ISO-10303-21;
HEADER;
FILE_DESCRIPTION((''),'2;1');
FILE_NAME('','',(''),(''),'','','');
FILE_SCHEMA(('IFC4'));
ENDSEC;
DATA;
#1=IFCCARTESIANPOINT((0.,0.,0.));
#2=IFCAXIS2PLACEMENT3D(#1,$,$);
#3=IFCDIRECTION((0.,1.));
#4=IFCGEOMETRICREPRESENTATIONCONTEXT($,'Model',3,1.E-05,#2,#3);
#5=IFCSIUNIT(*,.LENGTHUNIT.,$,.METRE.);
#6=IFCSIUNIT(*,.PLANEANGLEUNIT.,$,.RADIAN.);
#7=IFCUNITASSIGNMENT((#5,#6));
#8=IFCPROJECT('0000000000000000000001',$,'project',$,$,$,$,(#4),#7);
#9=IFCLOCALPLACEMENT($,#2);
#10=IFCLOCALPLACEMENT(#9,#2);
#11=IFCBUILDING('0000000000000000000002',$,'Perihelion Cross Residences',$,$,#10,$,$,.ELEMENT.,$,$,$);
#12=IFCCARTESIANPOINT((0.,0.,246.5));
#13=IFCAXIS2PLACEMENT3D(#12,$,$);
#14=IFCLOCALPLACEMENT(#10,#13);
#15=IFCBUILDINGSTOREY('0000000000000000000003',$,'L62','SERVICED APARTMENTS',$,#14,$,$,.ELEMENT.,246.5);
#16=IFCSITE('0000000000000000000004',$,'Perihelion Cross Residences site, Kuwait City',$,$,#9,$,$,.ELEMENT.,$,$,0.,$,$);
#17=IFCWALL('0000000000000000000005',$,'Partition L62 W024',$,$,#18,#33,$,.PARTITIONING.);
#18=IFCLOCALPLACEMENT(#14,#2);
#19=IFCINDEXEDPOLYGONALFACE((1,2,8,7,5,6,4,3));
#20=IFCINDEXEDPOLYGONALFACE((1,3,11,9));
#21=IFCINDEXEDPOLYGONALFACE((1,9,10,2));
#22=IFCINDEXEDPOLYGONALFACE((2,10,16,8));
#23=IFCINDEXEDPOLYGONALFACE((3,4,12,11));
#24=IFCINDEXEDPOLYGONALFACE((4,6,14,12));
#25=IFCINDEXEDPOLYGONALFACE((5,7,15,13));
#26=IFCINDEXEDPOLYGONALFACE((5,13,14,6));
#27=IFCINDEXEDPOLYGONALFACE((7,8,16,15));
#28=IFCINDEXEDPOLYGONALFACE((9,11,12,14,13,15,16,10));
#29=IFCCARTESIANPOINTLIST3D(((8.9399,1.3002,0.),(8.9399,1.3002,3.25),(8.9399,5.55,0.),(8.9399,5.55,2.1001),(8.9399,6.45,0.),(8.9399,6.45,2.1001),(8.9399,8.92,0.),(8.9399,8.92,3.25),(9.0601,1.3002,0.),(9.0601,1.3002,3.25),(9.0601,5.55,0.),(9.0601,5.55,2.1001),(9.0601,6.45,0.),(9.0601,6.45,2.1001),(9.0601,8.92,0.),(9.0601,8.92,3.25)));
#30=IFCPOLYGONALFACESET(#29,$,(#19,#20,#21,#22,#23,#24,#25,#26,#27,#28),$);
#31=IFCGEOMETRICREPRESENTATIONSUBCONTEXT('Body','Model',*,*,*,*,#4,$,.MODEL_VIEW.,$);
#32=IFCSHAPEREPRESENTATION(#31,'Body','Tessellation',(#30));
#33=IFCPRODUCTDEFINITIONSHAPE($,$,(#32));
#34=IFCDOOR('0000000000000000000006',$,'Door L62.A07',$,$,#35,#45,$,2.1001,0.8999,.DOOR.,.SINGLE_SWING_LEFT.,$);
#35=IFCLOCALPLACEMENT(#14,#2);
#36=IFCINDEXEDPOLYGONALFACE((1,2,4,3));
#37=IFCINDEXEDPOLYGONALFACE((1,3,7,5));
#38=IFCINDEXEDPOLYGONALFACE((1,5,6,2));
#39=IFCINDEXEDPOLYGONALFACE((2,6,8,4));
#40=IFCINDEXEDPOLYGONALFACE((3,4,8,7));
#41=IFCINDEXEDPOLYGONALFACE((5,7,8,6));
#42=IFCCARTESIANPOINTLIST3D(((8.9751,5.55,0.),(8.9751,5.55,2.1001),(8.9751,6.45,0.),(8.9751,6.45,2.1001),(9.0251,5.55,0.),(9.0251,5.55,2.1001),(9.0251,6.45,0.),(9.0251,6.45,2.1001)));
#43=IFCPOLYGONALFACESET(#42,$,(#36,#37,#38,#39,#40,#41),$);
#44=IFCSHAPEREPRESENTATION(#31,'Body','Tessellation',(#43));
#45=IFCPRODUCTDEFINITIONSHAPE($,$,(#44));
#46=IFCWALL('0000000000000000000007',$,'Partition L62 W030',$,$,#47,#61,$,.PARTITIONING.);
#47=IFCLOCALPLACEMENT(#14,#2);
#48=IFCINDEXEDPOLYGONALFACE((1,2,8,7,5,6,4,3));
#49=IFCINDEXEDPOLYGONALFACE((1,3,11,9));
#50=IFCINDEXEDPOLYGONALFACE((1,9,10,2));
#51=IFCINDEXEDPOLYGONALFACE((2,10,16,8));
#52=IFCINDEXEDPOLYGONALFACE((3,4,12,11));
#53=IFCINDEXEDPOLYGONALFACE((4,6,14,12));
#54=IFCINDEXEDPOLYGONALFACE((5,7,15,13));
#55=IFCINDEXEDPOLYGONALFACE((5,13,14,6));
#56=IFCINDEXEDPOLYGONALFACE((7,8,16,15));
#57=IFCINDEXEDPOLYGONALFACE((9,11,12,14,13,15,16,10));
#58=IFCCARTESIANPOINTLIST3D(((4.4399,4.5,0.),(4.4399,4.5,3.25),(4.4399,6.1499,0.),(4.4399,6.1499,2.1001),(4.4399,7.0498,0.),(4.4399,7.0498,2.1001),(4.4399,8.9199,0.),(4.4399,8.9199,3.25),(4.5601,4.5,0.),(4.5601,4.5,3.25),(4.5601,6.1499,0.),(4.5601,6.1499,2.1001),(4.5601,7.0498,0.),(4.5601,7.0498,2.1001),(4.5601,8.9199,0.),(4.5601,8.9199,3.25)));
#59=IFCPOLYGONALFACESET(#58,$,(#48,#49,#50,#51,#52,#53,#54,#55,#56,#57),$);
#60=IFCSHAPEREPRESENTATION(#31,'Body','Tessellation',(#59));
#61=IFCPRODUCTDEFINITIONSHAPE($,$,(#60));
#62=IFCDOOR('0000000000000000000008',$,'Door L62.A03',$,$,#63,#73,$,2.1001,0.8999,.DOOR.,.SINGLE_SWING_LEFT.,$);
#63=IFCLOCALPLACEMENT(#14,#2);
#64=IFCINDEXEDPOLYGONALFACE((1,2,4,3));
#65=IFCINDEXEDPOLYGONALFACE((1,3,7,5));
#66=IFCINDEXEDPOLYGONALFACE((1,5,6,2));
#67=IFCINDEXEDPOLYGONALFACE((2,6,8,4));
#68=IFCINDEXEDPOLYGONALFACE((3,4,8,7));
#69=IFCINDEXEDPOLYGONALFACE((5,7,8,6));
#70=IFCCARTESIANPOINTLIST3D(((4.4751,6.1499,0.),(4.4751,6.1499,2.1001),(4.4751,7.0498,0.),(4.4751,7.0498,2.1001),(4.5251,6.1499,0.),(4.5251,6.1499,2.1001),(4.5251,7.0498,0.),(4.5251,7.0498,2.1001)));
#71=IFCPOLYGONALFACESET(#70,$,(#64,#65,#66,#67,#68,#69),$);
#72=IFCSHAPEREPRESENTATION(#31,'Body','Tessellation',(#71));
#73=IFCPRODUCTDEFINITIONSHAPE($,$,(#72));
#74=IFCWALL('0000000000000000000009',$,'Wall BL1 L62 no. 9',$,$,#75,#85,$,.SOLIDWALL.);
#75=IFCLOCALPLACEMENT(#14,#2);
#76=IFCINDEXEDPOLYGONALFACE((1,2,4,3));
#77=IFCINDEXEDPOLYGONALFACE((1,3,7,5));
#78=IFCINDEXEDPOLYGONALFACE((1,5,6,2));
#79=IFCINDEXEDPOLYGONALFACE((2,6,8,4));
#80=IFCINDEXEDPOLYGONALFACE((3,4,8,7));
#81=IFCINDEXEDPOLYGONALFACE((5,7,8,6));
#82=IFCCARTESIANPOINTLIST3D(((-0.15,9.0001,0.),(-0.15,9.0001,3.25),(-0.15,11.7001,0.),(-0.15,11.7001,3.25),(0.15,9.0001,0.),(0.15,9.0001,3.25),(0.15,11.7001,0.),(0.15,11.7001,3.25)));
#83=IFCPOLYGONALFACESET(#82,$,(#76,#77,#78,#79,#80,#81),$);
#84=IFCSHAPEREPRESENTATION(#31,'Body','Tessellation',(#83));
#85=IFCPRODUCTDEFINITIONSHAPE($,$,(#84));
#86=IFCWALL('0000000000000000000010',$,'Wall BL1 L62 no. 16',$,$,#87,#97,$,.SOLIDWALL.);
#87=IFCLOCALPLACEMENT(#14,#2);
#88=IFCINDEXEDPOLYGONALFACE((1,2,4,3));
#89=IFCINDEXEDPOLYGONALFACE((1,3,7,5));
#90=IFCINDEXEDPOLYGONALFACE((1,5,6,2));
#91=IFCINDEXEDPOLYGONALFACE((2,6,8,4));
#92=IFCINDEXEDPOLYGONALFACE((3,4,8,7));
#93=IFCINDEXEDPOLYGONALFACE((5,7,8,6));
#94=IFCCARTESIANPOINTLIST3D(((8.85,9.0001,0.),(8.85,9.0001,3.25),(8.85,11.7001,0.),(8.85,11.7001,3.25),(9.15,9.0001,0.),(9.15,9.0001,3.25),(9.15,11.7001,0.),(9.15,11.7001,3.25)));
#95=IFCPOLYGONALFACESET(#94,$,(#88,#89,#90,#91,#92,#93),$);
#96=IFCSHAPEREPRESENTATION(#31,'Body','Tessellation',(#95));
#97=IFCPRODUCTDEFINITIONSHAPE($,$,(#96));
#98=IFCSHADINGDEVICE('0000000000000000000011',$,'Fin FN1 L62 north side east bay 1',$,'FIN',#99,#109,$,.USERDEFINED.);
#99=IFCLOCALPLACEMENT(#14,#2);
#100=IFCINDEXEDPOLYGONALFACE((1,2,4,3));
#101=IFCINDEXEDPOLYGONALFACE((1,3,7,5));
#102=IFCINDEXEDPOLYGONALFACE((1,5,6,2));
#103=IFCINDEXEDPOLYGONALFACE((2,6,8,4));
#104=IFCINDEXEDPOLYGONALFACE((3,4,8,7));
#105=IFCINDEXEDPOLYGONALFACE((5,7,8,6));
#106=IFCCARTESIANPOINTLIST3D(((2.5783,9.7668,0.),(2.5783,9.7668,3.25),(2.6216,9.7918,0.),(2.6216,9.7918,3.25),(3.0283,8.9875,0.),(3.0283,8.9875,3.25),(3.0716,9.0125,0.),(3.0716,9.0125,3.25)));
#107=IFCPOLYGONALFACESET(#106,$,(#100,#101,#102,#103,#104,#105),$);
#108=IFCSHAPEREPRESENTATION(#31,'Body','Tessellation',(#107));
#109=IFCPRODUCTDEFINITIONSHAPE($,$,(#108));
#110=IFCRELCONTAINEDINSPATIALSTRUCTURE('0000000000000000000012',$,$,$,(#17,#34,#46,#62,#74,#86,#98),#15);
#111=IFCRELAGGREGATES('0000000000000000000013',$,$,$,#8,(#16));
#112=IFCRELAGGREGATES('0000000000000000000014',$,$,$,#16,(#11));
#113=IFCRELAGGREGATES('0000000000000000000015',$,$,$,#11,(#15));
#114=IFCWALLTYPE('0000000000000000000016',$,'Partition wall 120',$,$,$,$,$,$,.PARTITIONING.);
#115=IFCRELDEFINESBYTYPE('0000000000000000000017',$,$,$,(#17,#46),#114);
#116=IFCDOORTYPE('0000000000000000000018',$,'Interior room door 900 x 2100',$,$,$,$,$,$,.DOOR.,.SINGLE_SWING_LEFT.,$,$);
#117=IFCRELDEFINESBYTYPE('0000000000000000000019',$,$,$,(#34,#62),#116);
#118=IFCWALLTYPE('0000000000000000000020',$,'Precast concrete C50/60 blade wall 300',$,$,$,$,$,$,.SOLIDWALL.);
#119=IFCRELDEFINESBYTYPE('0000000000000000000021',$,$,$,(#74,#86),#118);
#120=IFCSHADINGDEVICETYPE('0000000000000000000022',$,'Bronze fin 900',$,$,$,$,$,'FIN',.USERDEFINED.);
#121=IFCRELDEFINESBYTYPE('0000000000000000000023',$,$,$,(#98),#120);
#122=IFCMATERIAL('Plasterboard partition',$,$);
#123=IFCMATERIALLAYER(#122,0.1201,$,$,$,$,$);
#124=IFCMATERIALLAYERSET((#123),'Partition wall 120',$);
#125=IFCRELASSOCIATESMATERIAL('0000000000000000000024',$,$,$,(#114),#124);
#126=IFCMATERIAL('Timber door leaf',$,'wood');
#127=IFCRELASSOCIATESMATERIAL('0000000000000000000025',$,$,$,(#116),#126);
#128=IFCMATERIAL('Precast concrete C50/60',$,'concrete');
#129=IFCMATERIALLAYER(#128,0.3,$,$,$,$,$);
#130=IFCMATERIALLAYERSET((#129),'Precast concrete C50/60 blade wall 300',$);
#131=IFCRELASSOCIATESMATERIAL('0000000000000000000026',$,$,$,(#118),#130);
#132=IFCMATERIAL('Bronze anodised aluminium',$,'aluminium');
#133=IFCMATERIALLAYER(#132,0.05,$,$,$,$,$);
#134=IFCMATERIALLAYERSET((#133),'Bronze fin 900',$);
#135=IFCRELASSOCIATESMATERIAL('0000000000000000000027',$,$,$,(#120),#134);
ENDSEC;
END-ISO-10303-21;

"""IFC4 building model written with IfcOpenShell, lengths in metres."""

from ifc_helpers import new_model, si_unit, direction, frame, frame_2d, origin, origin_2d, place, context, subcontext, project, spatial, rectangle, extrude, material, layer, layer_set, type_object, element, fill, save


model = new_model("IFC4")

# Units and contexts
model_context = context("Model", 3, precision=1e-05, world=origin(), true_north=direction((0.0, 1.0)))
body_context = subcontext(model_context, "Body", "Model", "MODEL_VIEW")
ifc_project = project(units=[si_unit("LENGTHUNIT", "METRE"), si_unit("PLANEANGLEUNIT", "RADIAN")], contexts=[model_context])

# Site, building, storey
site_placement = place(None, origin())
site = spatial("IfcSite", under=ifc_project, at=site_placement, Name="Perihelion Cross Residences site, Kuwait City", CompositionType="ELEMENT", RefElevation=0.0)
building_placement = place(site_placement, origin())
building = spatial("IfcBuilding", under=site, at=building_placement, Name="Perihelion Cross Residences", CompositionType="ELEMENT")
storey_placement = place(building_placement, frame((0.0, 0.0, 246.5)))
storey = spatial("IfcBuildingStorey", under=building, at=storey_placement, Name="L62", Description="SERVICED APARTMENTS", CompositionType="ELEMENT", Elevation=246.5)

# Walls, openings, doors
ifc_material_1 = material(Name="Plasterboard partition")
ifc_layer_1 = layer(ifc_material_1, 0.1201)
ifc_layer_set_1 = layer_set([ifc_layer_1], Name="Partition wall 120")
wall_type_1 = type_object("IfcWallType", Name="Partition wall 120", PredefinedType="PARTITIONING", material=ifc_layer_set_1)
ifc_material_2 = material(Name="Timber door leaf", Category="wood")
door_type_1 = type_object("IfcDoorType", Name="Interior room door 900 x 2100", OperationType="SINGLE_SWING_LEFT", PredefinedType="DOOR", material=ifc_material_2)
wall_1_placement = place(storey_placement, frame((9.0, 1.3, 0.0), z_axis=(0.0, 0.0, 1.0), x_axis=(0.0, 1.0, 0.0)))
wall_1 = element("IfcWall", 1, at=wall_1_placement, inside=storey, type_object=wall_type_1, Name="Partition L62 W024", PredefinedType="PARTITIONING", context=body_context, shape_type="SweptSolid", body=[
    extrude(rectangle(XDim=7.6199, YDim=0.1201, at=frame_2d((3.8101, 0.0))), origin(), (0.0, 0.0, 1.0), 3.25),
])
opening_1_placement = place(wall_1_placement, frame((4.25, 0.0, 0.0)))
opening_1 = element("IfcOpeningElement", 2, at=opening_1_placement, cuts=wall_1, PredefinedType="OPENING", context=body_context, shape_type="SweptSolid", body=[
    extrude(rectangle(XDim=0.8999, YDim=2.1001, at=frame_2d((0.45, 1.05))), frame((0.0, 0.0701, 0.0), z_axis=(0.0, -1.0, 0.0), x_axis=(1.0, 0.0, 0.0)), (0.0, 0.0, 1.0), 0.1401),
])
door_1_placement = place(opening_1_placement, origin())
door_1 = element("IfcDoor", 3, at=door_1_placement, inside=storey, type_object=door_type_1, Name="Door L62.A07", OperationType="SINGLE_SWING_LEFT", OverallHeight=2.1001, OverallWidth=0.8999, PredefinedType="DOOR", context=body_context, shape_type="SweptSolid", body=[
    extrude(rectangle(XDim=0.8999, YDim=2.1001, at=frame_2d((0.45, 1.05))), frame((0.0, 0.0249, 0.0), z_axis=(0.0, -1.0, 0.0), x_axis=(1.0, 0.0, 0.0)), (0.0, 0.0, 1.0), 0.05),
])
fill(opening_1, door_1)
wall_2_placement = place(storey_placement, frame((4.5, 4.5, 0.0), z_axis=(0.0, 0.0, 1.0), x_axis=(0.0, 1.0, 0.0)))
wall_2 = element("IfcWall", 4, at=wall_2_placement, inside=storey, type_object=wall_type_1, Name="Partition L62 W030", PredefinedType="PARTITIONING", context=body_context, shape_type="SweptSolid", body=[
    extrude(rectangle(XDim=4.4199, YDim=0.1201, at=frame_2d((2.21, 0.0))), origin(), (0.0, 0.0, 1.0), 3.25),
])
opening_2_placement = place(wall_2_placement, frame((1.6499, 0.0, 0.0)))
opening_2 = element("IfcOpeningElement", 5, at=opening_2_placement, cuts=wall_2, PredefinedType="OPENING", context=body_context, shape_type="SweptSolid", body=[
    extrude(rectangle(XDim=0.8999, YDim=2.1001, at=frame_2d((0.45, 1.05))), frame((0.0, 0.0701, 0.0), z_axis=(0.0, -1.0, 0.0), x_axis=(1.0, 0.0, 0.0)), (0.0, 0.0, 1.0), 0.1401),
])
door_2_placement = place(opening_2_placement, origin())
door_2 = element("IfcDoor", 6, at=door_2_placement, inside=storey, type_object=door_type_1, Name="Door L62.A03", OperationType="SINGLE_SWING_LEFT", OverallHeight=2.1001, OverallWidth=0.8999, PredefinedType="DOOR", context=body_context, shape_type="SweptSolid", body=[
    extrude(rectangle(XDim=0.8999, YDim=2.1001, at=frame_2d((0.45, 1.05))), frame((0.0, 0.0249, 0.0), z_axis=(0.0, -1.0, 0.0), x_axis=(1.0, 0.0, 0.0)), (0.0, 0.0, 1.0), 0.05),
])
fill(opening_2, door_2)

# Walls
ifc_material_3 = material(Name="Precast concrete C50/60", Category="concrete")
ifc_layer_2 = layer(ifc_material_3, 0.3)
ifc_layer_set_2 = layer_set([ifc_layer_2], Name="Precast concrete C50/60 blade wall 300")
wall_type_2 = type_object("IfcWallType", Name="Precast concrete C50/60 blade wall 300", PredefinedType="SOLIDWALL", material=ifc_layer_set_2)
for number, where, z_axis, x_axis, name in (
    (7, (0.0, 9.0, 0.0), (0.0, 0.0, 1.0), (0.0, 1.0, 0.0), "Wall BL1 L62 no. 9"),
    (8, (9.0, 9.0, 0.0), (0.0, 0.0, 1.0), (0.0, 1.0, 0.0), "Wall BL1 L62 no. 16"),
):
    element("IfcWall", number, at=place(storey_placement, frame(where, z_axis=z_axis, x_axis=x_axis)), inside=storey, type_object=wall_type_2, Name=name, PredefinedType="SOLIDWALL", context=body_context, shape_type="SweptSolid", body=[
        extrude(rectangle(XDim=2.7, YDim=0.3, at=frame_2d((1.3501, 0.0))), origin(), (0.0, 0.0, 1.0), 3.25),
    ])

# Shading device
ifc_material_4 = material(Name="Bronze anodised aluminium", Category="aluminium")
ifc_layer_3 = layer(ifc_material_4, 0.05)
ifc_layer_set_3 = layer_set([ifc_layer_3], Name="Bronze fin 900")
shading_device_type = type_object("IfcShadingDeviceType", Name="Bronze fin 900", ElementType="FIN", PredefinedType="USERDEFINED", material=ifc_layer_set_3)
shading_device_placement = place(storey_placement, frame((2.825, 9.3896, 0.0), z_axis=(0.0, 0.0, 1.0), x_axis=(-0.5, 0.866025, 0.0)))
element("IfcShadingDevice", 9, at=shading_device_placement, inside=storey, type_object=shading_device_type, Name="Fin FN1 L62 north side east bay 1", ObjectType="FIN", PredefinedType="USERDEFINED", context=body_context, shape_type="SweptSolid", body=[
    extrude(rectangle(XDim=0.8999, YDim=0.05, at=origin_2d()), origin(), (0.0, 0.0, 1.0), 3.25),
])

save(model, "model.ifc")
